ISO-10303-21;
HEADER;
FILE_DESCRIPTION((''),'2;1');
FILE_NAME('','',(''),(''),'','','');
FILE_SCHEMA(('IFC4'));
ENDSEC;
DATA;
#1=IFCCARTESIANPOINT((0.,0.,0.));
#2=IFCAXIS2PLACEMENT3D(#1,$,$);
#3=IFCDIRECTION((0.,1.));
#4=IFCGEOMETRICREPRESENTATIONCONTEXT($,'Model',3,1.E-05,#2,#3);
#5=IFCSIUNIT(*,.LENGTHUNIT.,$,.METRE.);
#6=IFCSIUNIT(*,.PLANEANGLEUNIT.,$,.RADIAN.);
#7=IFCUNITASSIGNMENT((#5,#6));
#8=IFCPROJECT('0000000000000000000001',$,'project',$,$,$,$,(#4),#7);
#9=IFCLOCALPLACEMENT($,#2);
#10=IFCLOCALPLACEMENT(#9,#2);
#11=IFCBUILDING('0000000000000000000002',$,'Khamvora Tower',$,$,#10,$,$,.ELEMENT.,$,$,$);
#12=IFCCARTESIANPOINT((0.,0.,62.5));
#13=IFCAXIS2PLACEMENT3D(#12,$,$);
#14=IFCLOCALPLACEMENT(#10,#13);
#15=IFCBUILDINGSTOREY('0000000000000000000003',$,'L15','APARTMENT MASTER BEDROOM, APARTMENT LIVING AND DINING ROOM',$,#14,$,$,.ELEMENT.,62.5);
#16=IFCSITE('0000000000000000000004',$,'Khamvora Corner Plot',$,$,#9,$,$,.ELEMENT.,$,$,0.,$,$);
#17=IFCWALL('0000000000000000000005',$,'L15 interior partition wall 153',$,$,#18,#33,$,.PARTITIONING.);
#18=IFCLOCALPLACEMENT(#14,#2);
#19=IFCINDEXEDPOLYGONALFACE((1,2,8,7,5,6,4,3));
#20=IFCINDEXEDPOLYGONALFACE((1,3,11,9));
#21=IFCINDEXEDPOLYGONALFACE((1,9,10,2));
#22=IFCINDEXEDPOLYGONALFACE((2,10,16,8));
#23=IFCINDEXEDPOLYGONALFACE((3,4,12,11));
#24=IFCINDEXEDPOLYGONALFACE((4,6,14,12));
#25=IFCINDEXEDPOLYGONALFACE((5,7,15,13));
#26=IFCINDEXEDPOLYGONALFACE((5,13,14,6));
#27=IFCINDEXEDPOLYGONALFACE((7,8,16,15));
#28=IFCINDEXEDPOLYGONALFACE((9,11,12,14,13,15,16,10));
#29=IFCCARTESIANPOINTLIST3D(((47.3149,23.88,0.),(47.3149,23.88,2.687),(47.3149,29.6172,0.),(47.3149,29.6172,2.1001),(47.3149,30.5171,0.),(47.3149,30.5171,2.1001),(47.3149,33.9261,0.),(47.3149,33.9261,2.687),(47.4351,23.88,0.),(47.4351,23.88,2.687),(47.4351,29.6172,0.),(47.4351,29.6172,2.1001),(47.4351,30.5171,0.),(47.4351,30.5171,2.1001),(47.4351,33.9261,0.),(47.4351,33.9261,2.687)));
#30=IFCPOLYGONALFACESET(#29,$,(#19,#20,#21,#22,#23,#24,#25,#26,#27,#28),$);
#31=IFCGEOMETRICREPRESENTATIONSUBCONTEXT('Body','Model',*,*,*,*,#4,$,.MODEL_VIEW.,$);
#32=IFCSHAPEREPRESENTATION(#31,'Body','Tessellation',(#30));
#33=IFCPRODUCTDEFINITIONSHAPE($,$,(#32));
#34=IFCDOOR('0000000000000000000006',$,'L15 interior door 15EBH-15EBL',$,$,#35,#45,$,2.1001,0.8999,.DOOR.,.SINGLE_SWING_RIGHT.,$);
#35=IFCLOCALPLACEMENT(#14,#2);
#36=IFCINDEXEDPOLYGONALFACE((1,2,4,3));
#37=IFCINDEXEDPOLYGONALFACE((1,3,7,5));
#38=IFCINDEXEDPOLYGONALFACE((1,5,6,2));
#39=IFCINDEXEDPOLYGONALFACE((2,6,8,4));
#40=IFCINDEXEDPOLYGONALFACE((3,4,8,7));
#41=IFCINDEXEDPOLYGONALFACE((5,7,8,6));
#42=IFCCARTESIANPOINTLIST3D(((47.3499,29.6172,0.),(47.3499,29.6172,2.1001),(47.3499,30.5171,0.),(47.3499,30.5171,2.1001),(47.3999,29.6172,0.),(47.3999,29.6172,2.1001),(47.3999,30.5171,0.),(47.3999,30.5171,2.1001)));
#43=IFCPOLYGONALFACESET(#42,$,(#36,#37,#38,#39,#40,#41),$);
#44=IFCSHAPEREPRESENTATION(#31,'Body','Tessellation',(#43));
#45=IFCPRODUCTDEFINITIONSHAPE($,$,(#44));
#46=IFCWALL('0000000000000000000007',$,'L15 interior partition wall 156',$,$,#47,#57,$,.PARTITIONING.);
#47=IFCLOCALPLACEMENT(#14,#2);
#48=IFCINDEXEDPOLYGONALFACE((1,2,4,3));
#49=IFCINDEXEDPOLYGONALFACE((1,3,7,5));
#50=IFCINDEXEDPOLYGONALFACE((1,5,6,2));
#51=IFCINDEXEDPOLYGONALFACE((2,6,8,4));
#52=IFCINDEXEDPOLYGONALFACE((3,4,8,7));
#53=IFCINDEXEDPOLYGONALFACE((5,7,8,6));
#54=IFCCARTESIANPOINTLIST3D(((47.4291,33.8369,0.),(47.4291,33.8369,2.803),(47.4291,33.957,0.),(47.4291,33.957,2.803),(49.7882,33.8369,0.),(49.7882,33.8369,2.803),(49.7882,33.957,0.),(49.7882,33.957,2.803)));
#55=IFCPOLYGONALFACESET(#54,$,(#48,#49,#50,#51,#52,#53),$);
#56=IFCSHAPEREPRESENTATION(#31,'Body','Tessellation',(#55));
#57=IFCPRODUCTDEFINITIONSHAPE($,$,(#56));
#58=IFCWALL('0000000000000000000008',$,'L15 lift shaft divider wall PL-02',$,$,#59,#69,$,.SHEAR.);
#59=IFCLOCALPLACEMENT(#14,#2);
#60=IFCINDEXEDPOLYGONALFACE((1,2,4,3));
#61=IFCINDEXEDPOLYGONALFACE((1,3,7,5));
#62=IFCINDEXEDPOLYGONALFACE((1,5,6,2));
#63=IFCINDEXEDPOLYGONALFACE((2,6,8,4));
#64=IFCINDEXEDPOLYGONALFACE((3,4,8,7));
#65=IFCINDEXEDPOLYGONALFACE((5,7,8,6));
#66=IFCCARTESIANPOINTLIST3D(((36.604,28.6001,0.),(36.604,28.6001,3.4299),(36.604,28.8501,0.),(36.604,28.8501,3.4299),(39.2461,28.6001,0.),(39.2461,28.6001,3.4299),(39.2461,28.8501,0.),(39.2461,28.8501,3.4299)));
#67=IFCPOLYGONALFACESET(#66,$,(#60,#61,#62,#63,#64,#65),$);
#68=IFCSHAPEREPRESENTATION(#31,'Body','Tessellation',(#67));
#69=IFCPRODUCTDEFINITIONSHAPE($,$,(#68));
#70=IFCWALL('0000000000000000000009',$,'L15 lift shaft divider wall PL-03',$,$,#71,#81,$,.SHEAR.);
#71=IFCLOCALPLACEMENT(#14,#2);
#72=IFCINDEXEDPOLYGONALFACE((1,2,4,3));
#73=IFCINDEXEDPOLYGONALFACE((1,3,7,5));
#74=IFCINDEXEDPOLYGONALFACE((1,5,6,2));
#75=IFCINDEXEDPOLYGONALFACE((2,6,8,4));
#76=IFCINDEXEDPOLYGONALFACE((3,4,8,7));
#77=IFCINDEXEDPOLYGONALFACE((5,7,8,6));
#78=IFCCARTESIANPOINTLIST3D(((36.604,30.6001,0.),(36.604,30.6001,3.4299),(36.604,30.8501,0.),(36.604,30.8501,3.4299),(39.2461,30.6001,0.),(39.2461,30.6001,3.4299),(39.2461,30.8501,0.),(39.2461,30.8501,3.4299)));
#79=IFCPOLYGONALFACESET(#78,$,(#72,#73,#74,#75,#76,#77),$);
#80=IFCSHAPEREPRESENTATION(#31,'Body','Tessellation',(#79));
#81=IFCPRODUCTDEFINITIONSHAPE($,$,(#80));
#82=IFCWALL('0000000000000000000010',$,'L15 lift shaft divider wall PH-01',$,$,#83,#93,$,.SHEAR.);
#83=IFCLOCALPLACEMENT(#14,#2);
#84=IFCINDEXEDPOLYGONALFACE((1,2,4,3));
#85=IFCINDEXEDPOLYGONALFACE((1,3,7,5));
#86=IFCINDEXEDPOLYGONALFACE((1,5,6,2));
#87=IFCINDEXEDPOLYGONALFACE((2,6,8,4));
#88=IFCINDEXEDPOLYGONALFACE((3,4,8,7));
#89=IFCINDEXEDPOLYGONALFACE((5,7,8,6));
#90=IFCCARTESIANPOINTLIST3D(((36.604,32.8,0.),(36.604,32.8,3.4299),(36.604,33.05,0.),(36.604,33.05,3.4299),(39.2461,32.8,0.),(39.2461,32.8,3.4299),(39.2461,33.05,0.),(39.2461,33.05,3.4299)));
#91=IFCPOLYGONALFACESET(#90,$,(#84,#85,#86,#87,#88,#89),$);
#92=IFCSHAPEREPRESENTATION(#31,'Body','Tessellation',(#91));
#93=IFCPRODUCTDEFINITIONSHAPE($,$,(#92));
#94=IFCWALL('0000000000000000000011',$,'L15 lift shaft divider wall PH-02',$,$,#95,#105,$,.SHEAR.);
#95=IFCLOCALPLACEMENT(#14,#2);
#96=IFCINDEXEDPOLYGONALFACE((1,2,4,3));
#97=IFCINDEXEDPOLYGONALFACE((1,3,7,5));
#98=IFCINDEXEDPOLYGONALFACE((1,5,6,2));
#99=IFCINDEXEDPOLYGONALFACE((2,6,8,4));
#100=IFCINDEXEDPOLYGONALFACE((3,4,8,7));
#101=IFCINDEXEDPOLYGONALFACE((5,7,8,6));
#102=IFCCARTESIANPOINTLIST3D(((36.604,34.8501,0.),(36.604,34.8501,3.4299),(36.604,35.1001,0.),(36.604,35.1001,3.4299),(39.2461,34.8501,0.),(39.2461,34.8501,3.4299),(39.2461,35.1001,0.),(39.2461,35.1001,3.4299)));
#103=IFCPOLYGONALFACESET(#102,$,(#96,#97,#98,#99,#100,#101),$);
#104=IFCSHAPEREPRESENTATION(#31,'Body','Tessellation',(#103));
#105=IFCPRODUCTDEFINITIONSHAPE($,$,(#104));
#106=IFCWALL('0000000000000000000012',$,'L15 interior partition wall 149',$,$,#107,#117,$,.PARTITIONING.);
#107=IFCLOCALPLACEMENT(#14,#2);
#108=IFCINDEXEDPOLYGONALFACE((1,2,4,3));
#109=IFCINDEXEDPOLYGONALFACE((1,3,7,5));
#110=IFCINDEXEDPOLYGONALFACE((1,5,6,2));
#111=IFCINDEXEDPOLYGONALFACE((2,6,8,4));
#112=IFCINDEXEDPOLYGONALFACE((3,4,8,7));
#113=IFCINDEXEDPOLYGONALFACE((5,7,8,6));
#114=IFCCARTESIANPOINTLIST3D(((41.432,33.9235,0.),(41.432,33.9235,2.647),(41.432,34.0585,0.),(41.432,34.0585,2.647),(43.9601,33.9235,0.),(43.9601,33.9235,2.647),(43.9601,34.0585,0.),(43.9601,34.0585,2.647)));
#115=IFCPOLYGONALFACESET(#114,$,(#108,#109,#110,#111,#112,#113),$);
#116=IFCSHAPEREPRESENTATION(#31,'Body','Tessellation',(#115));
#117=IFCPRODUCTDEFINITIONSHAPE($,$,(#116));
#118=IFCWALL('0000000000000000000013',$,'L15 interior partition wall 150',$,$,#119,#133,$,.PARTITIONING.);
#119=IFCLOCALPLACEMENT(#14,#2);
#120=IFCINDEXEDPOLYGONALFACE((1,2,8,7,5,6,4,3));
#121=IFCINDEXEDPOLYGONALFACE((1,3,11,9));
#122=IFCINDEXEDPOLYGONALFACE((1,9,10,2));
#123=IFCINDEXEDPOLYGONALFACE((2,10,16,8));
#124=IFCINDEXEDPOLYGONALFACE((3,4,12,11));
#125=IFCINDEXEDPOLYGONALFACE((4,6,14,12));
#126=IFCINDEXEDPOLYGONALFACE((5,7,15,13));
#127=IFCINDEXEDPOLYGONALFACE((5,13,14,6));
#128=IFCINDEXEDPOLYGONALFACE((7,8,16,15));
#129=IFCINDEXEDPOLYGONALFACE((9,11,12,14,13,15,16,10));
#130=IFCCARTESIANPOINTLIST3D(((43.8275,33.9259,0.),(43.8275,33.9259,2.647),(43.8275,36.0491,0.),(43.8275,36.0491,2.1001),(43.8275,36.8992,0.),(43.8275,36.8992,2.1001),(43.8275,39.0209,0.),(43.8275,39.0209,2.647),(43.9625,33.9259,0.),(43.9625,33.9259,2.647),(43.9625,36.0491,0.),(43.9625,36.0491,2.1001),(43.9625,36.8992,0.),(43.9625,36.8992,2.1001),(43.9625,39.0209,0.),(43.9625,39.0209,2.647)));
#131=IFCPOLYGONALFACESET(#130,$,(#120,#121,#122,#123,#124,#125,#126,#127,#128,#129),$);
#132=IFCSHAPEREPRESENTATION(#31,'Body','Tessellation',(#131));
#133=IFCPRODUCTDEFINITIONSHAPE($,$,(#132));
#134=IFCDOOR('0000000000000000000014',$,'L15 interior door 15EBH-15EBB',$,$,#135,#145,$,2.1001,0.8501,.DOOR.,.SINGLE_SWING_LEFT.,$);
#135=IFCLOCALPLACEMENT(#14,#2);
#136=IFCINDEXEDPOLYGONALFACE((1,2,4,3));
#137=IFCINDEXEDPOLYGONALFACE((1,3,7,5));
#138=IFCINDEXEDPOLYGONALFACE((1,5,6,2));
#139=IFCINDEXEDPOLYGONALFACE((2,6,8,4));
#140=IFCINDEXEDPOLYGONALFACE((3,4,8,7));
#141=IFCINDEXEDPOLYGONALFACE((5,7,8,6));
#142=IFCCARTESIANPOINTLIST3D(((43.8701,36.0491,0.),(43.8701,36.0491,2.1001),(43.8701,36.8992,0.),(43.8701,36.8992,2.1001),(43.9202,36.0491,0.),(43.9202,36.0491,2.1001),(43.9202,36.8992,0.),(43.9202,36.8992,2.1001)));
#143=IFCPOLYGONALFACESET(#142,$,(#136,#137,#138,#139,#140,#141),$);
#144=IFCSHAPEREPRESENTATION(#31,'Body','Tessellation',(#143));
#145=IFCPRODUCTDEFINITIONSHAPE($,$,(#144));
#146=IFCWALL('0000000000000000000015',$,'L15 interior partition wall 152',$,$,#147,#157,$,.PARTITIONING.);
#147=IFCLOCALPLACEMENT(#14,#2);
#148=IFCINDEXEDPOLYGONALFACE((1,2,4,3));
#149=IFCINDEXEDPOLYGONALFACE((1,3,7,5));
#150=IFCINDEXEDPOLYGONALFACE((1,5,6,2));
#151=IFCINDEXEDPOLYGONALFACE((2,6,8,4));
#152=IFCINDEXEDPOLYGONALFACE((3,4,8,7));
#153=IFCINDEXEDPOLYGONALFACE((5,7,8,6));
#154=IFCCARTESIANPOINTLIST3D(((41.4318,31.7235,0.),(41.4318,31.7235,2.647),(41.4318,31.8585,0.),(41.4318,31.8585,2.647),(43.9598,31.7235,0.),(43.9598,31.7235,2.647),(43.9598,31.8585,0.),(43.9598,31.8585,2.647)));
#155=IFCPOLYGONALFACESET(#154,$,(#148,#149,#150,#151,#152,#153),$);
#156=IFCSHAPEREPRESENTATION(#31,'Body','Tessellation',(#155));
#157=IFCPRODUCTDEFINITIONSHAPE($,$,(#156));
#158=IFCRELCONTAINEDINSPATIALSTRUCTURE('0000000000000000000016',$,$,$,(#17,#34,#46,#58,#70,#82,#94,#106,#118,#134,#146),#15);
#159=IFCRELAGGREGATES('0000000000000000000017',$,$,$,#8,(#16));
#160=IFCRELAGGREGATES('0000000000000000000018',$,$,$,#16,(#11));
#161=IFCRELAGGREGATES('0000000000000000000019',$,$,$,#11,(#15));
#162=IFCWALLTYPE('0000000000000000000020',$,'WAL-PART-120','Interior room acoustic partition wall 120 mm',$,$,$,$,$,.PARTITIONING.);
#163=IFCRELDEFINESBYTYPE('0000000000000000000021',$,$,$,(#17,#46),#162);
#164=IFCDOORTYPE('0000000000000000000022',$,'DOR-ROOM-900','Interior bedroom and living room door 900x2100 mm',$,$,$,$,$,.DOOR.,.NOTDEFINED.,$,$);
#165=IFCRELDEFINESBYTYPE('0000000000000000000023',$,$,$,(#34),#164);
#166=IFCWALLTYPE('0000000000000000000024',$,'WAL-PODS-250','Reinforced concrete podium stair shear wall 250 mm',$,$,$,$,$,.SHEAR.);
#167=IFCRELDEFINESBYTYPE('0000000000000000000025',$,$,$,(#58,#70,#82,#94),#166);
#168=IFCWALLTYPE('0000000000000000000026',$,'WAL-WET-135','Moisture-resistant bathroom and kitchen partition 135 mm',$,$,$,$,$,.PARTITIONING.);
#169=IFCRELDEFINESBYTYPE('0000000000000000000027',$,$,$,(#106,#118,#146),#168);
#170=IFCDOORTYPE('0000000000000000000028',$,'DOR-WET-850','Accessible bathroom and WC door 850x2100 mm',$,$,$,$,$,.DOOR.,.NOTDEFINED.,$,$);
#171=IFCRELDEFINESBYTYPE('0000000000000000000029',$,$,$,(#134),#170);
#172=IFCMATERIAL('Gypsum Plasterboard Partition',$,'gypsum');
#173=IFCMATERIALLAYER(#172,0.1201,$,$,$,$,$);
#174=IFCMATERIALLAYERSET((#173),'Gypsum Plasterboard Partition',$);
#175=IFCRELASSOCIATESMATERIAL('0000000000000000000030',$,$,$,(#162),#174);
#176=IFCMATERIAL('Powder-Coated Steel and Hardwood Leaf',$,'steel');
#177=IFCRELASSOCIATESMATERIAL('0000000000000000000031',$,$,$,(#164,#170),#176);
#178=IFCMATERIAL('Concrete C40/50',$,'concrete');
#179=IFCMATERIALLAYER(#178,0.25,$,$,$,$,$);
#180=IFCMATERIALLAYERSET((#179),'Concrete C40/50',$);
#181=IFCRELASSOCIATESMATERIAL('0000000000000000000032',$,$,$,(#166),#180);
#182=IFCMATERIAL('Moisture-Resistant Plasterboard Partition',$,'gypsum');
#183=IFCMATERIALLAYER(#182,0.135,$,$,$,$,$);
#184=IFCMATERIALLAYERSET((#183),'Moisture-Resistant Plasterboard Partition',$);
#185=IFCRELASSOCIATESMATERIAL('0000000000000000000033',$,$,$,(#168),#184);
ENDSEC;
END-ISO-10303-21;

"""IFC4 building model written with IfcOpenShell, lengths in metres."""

from ifc_helpers import new_model, si_unit, direction, frame, frame_2d, origin, place, context, subcontext, project, spatial, rectangle, extrude, material, layer, layer_set, type_object, element, fill, save


model = new_model("IFC4")

# Units and contexts
model_context = context("Model", 3, precision=1e-05, world=origin(), true_north=direction((0.0, 1.0)))
body_context = subcontext(model_context, "Body", "Model", "MODEL_VIEW")
ifc_project = project(units=[si_unit("LENGTHUNIT", "METRE"), si_unit("PLANEANGLEUNIT", "RADIAN")], contexts=[model_context])

# Site, building, storey
site_placement = place(None, origin())
site = spatial("IfcSite", under=ifc_project, at=site_placement, Name="Khamvora Corner Plot", CompositionType="ELEMENT", RefElevation=0.0)
building_placement = place(site_placement, origin())
building = spatial("IfcBuilding", under=site, at=building_placement, Name="Khamvora Tower", CompositionType="ELEMENT")
storey_placement = place(building_placement, frame((0.0, 0.0, 62.5)))
storey = spatial("IfcBuildingStorey", under=building, at=storey_placement, Name="L15", Description="APARTMENT MASTER BEDROOM, APARTMENT LIVING AND DINING ROOM", CompositionType="ELEMENT", Elevation=62.5)

# Wall, opening, door
ifc_material_1 = material(Name="Gypsum Plasterboard Partition", Category="gypsum")
ifc_layer_1 = layer(ifc_material_1, 0.1201)
ifc_layer_set_1 = layer_set([ifc_layer_1], Name="Gypsum Plasterboard Partition")
wall_type_1 = type_object("IfcWallType", Name="WAL-PART-120", Description="Interior room acoustic partition wall 120 mm", PredefinedType="PARTITIONING", material=ifc_layer_set_1)
wall_1_placement = place(storey_placement, frame((47.375, 33.926, 0.0), z_axis=(0.0, 0.0, 1.0), x_axis=(0.0, -1.0, 0.0)))
wall_1 = element("IfcWall", 1, at=wall_1_placement, inside=storey, type_object=wall_type_1, Name="L15 interior partition wall 153", PredefinedType="PARTITIONING", context=body_context, shape_type="SweptSolid", body=[
    extrude(rectangle(XDim=10.0461, YDim=0.1201, at=frame_2d((5.0229, 0.0))), origin(), (0.0, 0.0, 1.0), 2.687),
])
opening_1_placement = place(wall_1_placement, frame((3.4089, 0.0, 0.0)))
opening_1 = element("IfcOpeningElement", 2, at=opening_1_placement, cuts=wall_1, PredefinedType="OPENING", context=body_context, shape_type="SweptSolid", body=[
    extrude(rectangle(XDim=0.8999, YDim=2.1001, at=frame_2d((0.45, 1.05))), frame((0.0, 0.0701, 0.0), z_axis=(0.0, -1.0, 0.0), x_axis=(1.0, 0.0, 0.0)), (0.0, 0.0, 1.0), 0.1401),
])
ifc_material_2 = material(Name="Powder-Coated Steel and Hardwood Leaf", Category="steel")
door_type_1 = type_object("IfcDoorType", Name="DOR-ROOM-900", Description="Interior bedroom and living room door 900x2100 mm", OperationType="NOTDEFINED", PredefinedType="DOOR", material=ifc_material_2)
door_1_placement = place(opening_1_placement, origin())
door_1 = element("IfcDoor", 3, at=door_1_placement, inside=storey, type_object=door_type_1, Name="L15 interior door 15EBH-15EBL", OperationType="SINGLE_SWING_RIGHT", OverallHeight=2.1001, OverallWidth=0.8999, PredefinedType="DOOR", context=body_context, shape_type="SweptSolid", body=[
    extrude(rectangle(XDim=0.8999, YDim=2.1001, at=frame_2d((0.45, 1.05))), frame((0.0, 0.0249, 0.0), z_axis=(0.0, -1.0, 0.0), x_axis=(1.0, 0.0, 0.0)), (0.0, 0.0, 1.0), 0.05),
])
fill(opening_1, door_1)

# Walls
wall_2_placement = place(storey_placement, frame((47.429, 33.897, 0.0), z_axis=(0.0, 0.0, 1.0), x_axis=(1.0, 0.0, 0.0)))
element("IfcWall", 4, at=wall_2_placement, inside=storey, type_object=wall_type_1, Name="L15 interior partition wall 156", PredefinedType="PARTITIONING", context=body_context, shape_type="SweptSolid", body=[
    extrude(rectangle(XDim=2.3591, YDim=0.1201, at=frame_2d((1.1797, 0.0))), origin(), (0.0, 0.0, 1.0), 2.803),
])
ifc_material_3 = material(Name="Concrete C40/50", Category="concrete")
ifc_layer_2 = layer(ifc_material_3, 0.25)
ifc_layer_set_2 = layer_set([ifc_layer_2], Name="Concrete C40/50")
wall_type_2 = type_object("IfcWallType", Name="WAL-PODS-250", Description="Reinforced concrete podium stair shear wall 250 mm", PredefinedType="SHEAR", material=ifc_layer_set_2)
for number, where, z_axis, x_axis, name in (
    (5, (36.604, 28.7251, 0.0), (0.0, 0.0, 1.0), (1.0, 0.0, 0.0), "L15 lift shaft divider wall PL-02"),
    (6, (36.604, 30.7251, 0.0), (0.0, 0.0, 1.0), (1.0, 0.0, 0.0), "L15 lift shaft divider wall PL-03"),
    (7, (36.604, 32.925, 0.0), (0.0, 0.0, 1.0), (1.0, 0.0, 0.0), "L15 lift shaft divider wall PH-01"),
    (8, (36.604, 34.9751, 0.0), (0.0, 0.0, 1.0), (1.0, 0.0, 0.0), "L15 lift shaft divider wall PH-02"),
):
    element("IfcWall", number, at=place(storey_placement, frame(where, z_axis=z_axis, x_axis=x_axis)), inside=storey, type_object=wall_type_2, Name=name, PredefinedType="SHEAR", context=body_context, shape_type="SweptSolid", body=[
        extrude(rectangle(XDim=2.6421, YDim=0.25, at=frame_2d((1.321, 0.0))), origin(), (0.0, 0.0, 1.0), 3.4299),
    ])
ifc_material_4 = material(Name="Moisture-Resistant Plasterboard Partition", Category="gypsum")
ifc_layer_3 = layer(ifc_material_4, 0.135)
ifc_layer_set_3 = layer_set([ifc_layer_3], Name="Moisture-Resistant Plasterboard Partition")
wall_type_3 = type_object("IfcWallType", Name="WAL-WET-135", Description="Moisture-resistant bathroom and kitchen partition 135 mm", PredefinedType="PARTITIONING", material=ifc_layer_set_3)
wall_3_placement = place(storey_placement, frame((41.4319, 33.991, 0.0), z_axis=(0.0, 0.0, 1.0), x_axis=(1.0, 0.0, 0.0)))
element("IfcWall", 9, at=wall_3_placement, inside=storey, type_object=wall_type_3, Name="L15 interior partition wall 149", PredefinedType="PARTITIONING", context=body_context, shape_type="SweptSolid", body=[
    extrude(rectangle(XDim=2.5281, YDim=0.135, at=frame_2d((1.2642, 0.0))), origin(), (0.0, 0.0, 1.0), 2.647),
])

# Wall, opening, door
wall_4_placement = place(storey_placement, frame((43.895, 33.926, 0.0), z_axis=(0.0, 0.0, 1.0), x_axis=(0.0, 1.0, 0.0)))
wall_4 = element("IfcWall", 10, at=wall_4_placement, inside=storey, type_object=wall_type_3, Name="L15 interior partition wall 150", PredefinedType="PARTITIONING", context=body_context, shape_type="SweptSolid", body=[
    extrude(rectangle(XDim=5.095, YDim=0.135, at=frame_2d((2.5474, 0.0))), origin(), (0.0, 0.0, 1.0), 2.647),
])
opening_2_placement = place(wall_4_placement, frame((2.123, 0.0, 0.0)))
opening_2 = element("IfcOpeningElement", 11, at=opening_2_placement, cuts=wall_4, PredefinedType="OPENING", context=body_context, shape_type="SweptSolid", body=[
    extrude(rectangle(XDim=0.8501, YDim=2.1001, at=frame_2d((0.425, 1.05))), frame((0.0, 0.0774, 0.0), z_axis=(0.0, -1.0, 0.0), x_axis=(1.0, 0.0, 0.0)), (0.0, 0.0, 1.0), 0.155),
])
door_type_2 = type_object("IfcDoorType", Name="DOR-WET-850", Description="Accessible bathroom and WC door 850x2100 mm", OperationType="NOTDEFINED", PredefinedType="DOOR", material=ifc_material_2)
door_2_placement = place(opening_2_placement, origin())
door_2 = element("IfcDoor", 12, at=door_2_placement, inside=storey, type_object=door_type_2, Name="L15 interior door 15EBH-15EBB", OperationType="SINGLE_SWING_LEFT", OverallHeight=2.1001, OverallWidth=0.8501, PredefinedType="DOOR", context=body_context, shape_type="SweptSolid", body=[
    extrude(rectangle(XDim=0.8501, YDim=2.1001, at=frame_2d((0.425, 1.05))), frame((0.0, 0.0249, 0.0), z_axis=(0.0, -1.0, 0.0), x_axis=(1.0, 0.0, 0.0)), (0.0, 0.0, 1.0), 0.05),
])
fill(opening_2, door_2)

# Wall
wall_5_placement = place(storey_placement, frame((43.96, 31.791, 0.0), z_axis=(0.0, 0.0, 1.0), x_axis=(-1.0, 0.0, 0.0)))
element("IfcWall", 13, at=wall_5_placement, inside=storey, type_object=wall_type_3, Name="L15 interior partition wall 152", PredefinedType="PARTITIONING", context=body_context, shape_type="SweptSolid", body=[
    extrude(rectangle(XDim=2.5281, YDim=0.135, at=frame_2d((1.2642, 0.0))), origin(), (0.0, 0.0, 1.0), 2.647),
])

save(model, "model.ifc")
